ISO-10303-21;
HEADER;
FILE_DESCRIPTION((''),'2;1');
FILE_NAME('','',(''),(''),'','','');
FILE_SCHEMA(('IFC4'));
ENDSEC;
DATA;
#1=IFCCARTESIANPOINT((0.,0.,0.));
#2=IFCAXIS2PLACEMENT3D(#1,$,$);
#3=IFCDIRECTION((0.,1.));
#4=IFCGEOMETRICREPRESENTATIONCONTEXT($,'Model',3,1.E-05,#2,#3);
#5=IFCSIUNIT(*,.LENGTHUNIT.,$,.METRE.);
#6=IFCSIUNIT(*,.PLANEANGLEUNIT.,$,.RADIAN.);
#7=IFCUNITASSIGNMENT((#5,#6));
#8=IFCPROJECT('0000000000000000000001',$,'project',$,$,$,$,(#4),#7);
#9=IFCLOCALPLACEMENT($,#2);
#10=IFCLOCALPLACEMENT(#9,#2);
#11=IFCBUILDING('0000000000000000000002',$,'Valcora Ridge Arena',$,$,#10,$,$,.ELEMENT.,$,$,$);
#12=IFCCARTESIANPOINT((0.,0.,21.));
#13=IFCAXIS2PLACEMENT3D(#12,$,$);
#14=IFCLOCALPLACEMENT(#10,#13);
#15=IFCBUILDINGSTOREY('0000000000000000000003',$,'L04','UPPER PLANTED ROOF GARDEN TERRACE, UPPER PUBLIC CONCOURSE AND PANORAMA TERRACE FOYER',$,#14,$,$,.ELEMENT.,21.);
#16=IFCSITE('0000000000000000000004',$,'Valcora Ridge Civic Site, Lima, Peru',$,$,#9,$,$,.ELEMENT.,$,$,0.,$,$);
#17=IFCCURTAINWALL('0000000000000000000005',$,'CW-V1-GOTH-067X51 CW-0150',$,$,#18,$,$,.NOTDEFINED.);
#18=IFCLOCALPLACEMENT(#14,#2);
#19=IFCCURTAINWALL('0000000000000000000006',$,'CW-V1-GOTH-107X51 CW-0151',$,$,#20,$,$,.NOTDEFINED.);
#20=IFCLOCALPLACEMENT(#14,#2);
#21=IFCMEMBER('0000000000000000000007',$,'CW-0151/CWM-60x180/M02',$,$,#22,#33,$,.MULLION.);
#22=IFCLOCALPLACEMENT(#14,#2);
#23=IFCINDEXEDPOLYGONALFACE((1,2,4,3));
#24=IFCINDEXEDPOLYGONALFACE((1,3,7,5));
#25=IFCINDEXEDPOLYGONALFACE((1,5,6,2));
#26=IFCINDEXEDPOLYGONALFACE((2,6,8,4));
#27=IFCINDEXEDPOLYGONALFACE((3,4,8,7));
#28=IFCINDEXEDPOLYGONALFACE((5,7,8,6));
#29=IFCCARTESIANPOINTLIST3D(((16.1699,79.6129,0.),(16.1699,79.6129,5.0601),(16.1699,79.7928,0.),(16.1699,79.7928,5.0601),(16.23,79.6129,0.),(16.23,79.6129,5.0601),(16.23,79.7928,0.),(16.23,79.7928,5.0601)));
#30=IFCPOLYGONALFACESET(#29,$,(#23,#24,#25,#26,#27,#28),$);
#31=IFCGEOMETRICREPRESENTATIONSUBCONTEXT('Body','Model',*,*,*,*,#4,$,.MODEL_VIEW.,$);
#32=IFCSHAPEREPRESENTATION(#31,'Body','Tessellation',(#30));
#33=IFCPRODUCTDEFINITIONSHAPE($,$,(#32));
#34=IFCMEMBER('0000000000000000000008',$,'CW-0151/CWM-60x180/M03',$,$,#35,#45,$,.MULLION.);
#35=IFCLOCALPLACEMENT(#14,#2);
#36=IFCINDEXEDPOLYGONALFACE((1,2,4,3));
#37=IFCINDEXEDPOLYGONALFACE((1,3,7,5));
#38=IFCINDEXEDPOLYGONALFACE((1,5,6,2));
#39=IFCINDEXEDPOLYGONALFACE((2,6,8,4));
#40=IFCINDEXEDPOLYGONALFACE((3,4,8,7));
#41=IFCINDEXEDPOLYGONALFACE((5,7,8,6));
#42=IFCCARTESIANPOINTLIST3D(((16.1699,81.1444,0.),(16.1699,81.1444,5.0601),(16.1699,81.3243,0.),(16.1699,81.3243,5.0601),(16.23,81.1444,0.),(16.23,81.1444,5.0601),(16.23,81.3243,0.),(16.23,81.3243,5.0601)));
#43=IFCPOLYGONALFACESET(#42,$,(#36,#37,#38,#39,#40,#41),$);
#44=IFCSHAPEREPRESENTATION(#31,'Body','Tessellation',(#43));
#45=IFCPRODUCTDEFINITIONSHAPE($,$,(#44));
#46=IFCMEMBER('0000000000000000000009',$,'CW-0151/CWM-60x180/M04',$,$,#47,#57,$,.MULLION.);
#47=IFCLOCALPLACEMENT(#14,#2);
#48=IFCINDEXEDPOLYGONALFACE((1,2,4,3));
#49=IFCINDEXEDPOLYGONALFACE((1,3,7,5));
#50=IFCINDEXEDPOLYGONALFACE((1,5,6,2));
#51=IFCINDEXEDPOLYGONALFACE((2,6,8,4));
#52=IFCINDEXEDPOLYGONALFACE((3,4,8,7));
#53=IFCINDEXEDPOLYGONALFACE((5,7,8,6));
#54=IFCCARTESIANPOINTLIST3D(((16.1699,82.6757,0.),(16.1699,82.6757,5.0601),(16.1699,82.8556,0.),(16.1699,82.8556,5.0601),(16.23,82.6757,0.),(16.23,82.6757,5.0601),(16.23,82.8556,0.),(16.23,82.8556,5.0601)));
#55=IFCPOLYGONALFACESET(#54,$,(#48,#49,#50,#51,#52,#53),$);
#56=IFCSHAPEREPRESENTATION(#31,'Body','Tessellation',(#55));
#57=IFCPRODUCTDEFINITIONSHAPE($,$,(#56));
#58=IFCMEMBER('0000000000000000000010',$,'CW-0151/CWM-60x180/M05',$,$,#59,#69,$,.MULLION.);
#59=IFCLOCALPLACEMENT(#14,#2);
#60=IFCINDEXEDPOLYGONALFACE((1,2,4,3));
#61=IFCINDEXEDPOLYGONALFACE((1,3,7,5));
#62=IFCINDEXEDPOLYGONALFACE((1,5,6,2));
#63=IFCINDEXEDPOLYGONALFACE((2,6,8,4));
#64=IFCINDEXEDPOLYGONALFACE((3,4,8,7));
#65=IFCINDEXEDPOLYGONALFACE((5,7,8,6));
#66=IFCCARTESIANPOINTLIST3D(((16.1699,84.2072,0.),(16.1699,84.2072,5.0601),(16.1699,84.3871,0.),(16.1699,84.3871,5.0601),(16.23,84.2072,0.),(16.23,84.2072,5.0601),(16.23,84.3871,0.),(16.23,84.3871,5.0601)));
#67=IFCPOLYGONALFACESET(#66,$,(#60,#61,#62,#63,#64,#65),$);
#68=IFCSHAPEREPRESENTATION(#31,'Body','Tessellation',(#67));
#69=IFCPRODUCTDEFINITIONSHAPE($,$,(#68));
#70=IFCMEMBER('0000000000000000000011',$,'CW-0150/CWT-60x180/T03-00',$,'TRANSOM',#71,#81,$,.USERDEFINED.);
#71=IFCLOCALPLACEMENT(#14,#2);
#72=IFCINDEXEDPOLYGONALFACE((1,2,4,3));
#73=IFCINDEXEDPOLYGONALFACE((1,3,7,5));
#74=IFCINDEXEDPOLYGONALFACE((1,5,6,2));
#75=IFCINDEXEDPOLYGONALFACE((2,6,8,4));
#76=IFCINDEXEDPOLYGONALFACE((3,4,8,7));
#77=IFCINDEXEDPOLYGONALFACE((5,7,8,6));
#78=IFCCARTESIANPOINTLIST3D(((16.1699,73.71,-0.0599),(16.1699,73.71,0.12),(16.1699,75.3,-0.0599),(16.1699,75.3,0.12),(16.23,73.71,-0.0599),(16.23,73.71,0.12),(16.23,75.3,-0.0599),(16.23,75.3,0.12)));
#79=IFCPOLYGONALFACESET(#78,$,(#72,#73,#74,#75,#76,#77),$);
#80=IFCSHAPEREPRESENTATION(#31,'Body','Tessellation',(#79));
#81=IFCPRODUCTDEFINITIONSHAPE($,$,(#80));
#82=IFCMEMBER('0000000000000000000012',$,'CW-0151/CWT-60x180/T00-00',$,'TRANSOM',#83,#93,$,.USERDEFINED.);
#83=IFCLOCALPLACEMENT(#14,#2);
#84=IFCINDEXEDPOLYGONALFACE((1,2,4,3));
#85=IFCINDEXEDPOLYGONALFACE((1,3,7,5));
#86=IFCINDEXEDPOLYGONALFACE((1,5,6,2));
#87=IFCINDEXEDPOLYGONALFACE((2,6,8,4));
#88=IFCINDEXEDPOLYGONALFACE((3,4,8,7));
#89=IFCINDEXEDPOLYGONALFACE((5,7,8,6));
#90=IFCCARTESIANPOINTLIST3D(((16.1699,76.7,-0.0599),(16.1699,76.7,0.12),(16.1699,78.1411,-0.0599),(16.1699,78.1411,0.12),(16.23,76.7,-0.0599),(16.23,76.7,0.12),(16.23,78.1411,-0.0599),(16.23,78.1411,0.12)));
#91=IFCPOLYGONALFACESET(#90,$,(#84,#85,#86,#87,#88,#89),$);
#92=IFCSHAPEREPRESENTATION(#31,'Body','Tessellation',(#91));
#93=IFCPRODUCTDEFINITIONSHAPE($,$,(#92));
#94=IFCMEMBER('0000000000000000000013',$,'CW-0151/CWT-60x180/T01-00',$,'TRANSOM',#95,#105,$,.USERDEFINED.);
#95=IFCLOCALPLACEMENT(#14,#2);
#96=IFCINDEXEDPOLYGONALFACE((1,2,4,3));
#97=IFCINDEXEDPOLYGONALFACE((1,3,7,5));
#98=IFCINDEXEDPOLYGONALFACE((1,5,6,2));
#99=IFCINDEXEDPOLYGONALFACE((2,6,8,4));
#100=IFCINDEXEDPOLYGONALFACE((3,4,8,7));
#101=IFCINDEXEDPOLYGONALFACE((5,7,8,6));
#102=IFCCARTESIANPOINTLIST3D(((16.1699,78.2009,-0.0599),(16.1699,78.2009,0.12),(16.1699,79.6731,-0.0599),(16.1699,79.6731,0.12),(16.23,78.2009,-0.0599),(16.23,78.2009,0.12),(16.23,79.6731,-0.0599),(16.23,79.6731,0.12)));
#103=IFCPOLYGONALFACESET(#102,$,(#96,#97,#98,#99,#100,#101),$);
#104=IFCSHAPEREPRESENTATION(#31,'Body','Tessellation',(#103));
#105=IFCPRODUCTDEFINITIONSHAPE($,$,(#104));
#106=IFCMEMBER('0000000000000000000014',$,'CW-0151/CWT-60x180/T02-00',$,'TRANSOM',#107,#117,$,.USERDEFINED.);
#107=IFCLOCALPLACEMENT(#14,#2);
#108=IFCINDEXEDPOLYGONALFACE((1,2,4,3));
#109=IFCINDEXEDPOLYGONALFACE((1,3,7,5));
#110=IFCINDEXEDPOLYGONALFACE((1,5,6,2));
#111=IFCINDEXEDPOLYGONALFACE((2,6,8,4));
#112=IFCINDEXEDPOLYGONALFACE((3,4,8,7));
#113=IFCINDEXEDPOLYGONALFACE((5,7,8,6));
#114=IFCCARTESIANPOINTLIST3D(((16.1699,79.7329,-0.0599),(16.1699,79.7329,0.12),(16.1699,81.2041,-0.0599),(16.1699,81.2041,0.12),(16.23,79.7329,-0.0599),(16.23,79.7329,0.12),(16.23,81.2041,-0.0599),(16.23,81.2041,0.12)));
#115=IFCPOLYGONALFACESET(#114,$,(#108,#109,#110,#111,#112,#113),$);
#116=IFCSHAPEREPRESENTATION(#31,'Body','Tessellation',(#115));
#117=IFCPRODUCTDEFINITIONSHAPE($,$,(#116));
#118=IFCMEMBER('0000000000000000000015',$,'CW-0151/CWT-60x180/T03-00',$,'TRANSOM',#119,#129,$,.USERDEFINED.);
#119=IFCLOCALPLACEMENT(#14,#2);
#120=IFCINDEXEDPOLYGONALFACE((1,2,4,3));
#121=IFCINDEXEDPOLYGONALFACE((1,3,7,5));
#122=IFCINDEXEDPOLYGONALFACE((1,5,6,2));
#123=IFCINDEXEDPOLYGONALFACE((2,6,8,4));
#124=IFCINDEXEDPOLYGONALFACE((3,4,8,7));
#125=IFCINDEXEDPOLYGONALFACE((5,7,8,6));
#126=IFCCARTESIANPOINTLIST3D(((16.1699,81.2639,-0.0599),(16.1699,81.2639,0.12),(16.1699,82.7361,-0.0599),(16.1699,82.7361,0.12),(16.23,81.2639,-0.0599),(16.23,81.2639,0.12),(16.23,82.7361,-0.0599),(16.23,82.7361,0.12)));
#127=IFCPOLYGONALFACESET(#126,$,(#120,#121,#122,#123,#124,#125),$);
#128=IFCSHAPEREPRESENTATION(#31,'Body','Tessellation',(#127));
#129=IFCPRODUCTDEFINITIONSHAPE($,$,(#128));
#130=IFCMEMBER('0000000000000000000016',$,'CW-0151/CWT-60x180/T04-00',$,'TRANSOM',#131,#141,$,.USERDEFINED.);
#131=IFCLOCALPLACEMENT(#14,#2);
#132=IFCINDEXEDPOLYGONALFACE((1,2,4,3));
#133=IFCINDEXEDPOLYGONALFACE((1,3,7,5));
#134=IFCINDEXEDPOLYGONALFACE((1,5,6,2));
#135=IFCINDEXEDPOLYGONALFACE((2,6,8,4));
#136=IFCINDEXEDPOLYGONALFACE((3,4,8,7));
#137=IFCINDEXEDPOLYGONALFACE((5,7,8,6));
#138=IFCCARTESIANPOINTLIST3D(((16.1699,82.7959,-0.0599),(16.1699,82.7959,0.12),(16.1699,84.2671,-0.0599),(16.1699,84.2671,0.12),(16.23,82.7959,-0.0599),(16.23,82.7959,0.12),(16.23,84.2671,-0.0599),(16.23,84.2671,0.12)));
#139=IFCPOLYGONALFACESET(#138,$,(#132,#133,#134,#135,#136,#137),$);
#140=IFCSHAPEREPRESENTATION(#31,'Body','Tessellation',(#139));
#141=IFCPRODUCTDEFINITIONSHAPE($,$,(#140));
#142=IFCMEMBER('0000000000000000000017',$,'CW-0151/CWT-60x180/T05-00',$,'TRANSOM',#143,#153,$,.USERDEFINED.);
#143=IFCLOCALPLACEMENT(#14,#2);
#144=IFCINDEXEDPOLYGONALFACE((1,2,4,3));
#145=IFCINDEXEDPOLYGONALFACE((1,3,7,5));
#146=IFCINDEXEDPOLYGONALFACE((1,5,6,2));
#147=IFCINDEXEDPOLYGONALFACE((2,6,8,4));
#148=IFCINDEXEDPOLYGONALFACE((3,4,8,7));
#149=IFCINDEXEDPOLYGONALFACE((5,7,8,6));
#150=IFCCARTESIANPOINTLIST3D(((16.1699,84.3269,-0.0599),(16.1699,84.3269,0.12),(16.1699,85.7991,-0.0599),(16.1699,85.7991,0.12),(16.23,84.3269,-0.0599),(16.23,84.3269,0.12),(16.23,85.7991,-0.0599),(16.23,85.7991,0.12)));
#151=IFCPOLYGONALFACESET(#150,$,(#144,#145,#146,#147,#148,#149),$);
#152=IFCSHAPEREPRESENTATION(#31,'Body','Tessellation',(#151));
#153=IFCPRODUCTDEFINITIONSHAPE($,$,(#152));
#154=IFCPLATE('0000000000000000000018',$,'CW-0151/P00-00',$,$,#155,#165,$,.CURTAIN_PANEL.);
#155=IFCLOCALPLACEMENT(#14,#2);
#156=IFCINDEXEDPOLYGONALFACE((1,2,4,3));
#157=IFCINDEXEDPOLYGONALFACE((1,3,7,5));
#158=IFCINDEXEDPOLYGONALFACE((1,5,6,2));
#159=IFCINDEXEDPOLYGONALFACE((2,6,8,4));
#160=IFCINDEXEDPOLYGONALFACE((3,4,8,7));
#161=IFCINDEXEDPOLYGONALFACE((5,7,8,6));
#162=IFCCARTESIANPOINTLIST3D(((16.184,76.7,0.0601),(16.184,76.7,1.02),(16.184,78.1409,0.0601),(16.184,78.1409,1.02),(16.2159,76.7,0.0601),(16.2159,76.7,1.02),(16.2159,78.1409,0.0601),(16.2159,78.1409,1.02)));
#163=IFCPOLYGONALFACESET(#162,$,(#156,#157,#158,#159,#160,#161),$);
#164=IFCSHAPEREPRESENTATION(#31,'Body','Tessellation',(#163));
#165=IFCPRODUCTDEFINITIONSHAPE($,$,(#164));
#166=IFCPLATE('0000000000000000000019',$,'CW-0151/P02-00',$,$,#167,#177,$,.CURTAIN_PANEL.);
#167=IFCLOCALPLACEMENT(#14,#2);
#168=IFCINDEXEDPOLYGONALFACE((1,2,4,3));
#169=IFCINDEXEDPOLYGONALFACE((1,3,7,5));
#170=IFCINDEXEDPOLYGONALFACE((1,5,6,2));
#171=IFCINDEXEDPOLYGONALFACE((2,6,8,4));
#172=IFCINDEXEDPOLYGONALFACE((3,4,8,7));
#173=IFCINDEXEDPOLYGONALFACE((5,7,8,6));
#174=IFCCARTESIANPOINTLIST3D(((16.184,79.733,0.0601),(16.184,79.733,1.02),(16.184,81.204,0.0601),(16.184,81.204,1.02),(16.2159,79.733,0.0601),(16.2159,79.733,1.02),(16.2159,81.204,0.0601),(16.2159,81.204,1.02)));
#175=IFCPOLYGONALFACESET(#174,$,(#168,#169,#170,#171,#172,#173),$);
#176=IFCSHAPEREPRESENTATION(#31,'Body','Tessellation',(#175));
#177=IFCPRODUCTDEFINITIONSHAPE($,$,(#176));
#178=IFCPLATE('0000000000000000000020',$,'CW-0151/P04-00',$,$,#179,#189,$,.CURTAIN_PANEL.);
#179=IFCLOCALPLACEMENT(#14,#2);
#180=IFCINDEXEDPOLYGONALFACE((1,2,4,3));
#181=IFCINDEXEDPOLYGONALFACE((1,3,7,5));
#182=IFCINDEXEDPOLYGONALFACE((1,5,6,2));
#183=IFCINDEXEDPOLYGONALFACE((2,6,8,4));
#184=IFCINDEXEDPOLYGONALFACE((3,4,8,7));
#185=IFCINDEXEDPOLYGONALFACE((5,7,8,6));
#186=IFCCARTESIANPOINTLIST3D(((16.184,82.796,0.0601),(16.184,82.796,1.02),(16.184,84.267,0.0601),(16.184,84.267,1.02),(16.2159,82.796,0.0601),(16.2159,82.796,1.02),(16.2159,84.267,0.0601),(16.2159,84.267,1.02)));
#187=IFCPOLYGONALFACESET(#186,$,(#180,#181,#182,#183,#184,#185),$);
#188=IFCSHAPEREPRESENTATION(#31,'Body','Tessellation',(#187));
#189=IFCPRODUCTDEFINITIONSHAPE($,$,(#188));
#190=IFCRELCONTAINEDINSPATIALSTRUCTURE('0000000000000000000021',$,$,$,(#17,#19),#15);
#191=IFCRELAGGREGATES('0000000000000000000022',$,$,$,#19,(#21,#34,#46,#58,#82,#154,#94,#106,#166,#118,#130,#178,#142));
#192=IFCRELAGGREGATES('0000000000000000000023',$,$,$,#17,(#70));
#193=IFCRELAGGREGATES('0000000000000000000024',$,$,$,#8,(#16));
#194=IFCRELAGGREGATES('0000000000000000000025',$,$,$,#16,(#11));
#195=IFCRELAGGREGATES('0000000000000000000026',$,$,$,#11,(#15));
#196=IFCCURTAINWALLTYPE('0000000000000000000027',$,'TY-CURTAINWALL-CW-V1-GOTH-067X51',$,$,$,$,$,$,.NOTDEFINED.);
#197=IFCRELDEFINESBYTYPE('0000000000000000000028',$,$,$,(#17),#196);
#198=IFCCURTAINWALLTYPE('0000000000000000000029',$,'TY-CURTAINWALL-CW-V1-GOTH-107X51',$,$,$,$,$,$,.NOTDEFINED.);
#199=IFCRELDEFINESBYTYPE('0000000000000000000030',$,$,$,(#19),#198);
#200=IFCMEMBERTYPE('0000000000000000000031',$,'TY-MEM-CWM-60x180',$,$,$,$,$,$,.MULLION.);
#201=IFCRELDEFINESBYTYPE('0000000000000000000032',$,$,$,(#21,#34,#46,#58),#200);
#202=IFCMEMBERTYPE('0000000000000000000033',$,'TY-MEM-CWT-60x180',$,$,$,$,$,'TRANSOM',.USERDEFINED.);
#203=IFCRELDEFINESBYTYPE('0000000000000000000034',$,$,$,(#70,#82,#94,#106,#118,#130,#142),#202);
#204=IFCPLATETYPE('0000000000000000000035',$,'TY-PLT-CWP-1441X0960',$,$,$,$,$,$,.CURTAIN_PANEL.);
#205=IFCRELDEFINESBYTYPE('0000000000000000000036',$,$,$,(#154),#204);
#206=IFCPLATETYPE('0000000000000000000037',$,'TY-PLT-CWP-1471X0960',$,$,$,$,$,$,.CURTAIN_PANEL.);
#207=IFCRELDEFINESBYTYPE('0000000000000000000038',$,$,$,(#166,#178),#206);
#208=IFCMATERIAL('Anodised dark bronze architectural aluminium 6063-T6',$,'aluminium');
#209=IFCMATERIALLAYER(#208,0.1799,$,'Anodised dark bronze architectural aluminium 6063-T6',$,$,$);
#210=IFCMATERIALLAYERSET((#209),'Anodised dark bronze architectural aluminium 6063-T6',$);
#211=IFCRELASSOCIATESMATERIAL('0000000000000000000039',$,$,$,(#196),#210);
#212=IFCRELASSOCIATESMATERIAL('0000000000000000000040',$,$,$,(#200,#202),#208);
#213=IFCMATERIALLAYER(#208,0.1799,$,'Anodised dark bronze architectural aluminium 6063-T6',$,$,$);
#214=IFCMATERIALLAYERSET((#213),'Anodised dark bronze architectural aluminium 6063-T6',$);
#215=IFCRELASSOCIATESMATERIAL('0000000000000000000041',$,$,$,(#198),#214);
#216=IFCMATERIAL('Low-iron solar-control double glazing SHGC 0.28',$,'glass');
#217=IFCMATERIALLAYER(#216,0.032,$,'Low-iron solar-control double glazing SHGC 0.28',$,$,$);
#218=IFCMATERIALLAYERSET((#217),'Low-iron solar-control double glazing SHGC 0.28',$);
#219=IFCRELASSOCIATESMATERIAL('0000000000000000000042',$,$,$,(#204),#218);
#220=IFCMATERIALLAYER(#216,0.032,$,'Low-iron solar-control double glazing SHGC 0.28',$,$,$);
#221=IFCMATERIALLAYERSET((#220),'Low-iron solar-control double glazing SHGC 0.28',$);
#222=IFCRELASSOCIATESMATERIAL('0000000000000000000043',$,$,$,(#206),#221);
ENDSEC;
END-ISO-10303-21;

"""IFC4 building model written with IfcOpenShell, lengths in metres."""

from ifc_helpers import new_model, si_unit, direction, frame, origin, origin_2d, place, context, subcontext, project, spatial, rectangle, extrude, material, layer, layer_set, material_profile, profile_set, type_object, element, aggregate, save


model = new_model("IFC4")

# Units and contexts
model_context = context("Model", 3, precision=1e-05, world=origin(), true_north=direction((0.0, 1.0)))
body_context = subcontext(model_context, "Body", "Model", "MODEL_VIEW")
ifc_project = project(units=[si_unit("LENGTHUNIT", "METRE"), si_unit("PLANEANGLEUNIT", "RADIAN")], contexts=[model_context])

# Site, building, storey
site_placement = place(None, origin())
site = spatial("IfcSite", under=ifc_project, at=site_placement, Name="Valcora Ridge Civic Site, Lima, Peru", CompositionType="ELEMENT", RefElevation=0.0)
building_placement = place(site_placement, origin())
building = spatial("IfcBuilding", under=site, at=building_placement, Name="Valcora Ridge Arena", CompositionType="ELEMENT")
storey_placement = place(building_placement, frame((0.0, 0.0, 21.0)))
storey = spatial("IfcBuildingStorey", under=building, at=storey_placement, Name="L04", Description="UPPER PLANTED ROOF GARDEN TERRACE, UPPER PUBLIC CONCOURSE AND PANORAMA TERRACE FOYER", CompositionType="ELEMENT", Elevation=21.0)

# Curtain walls, members
ifc_material_1 = material(Name="Anodised dark bronze architectural aluminium 6063-T6", Category="aluminium")
ifc_layer_1 = layer(ifc_material_1, 0.1799, Name="Anodised dark bronze architectural aluminium 6063-T6")
ifc_layer_set_1 = layer_set([ifc_layer_1], Name="Anodised dark bronze architectural aluminium 6063-T6")
curtain_wall_type_1 = type_object("IfcCurtainWallType", Name="TY-CURTAINWALL-CW-V1-GOTH-067X51", PredefinedType="NOTDEFINED", material=ifc_layer_set_1)
curtain_wall_1_placement = place(storey_placement, origin())
curtain_wall_1 = element("IfcCurtainWall", 1, at=curtain_wall_1_placement, inside=storey, type_object=curtain_wall_type_1, Name="CW-V1-GOTH-067X51 CW-0150", PredefinedType="NOTDEFINED")
ifc_material_profile_1 = material_profile(ifc_material_1, rectangle(XDim=0.0601, YDim=0.1799, at=origin_2d()), Name="ALU MULLION 60x180")
ifc_profile_set_1 = profile_set([ifc_material_profile_1], Name="Anodised dark bronze architectural aluminium 6063-T6")
member_type_1 = type_object("IfcMemberType", Name="TY-MEM-CWM-60x180", PredefinedType="MULLION", material=ifc_profile_set_1)
ifc_layer_2 = layer(ifc_material_1, 0.1799, Name="Anodised dark bronze architectural aluminium 6063-T6")
ifc_layer_set_2 = layer_set([ifc_layer_2], Name="Anodised dark bronze architectural aluminium 6063-T6")
curtain_wall_type_2 = type_object("IfcCurtainWallType", Name="TY-CURTAINWALL-CW-V1-GOTH-107X51", PredefinedType="NOTDEFINED", material=ifc_layer_set_2)
curtain_wall_2_placement = place(storey_placement, origin())
curtain_wall_2 = element("IfcCurtainWall", 2, at=curtain_wall_2_placement, inside=storey, type_object=curtain_wall_type_2, Name="CW-V1-GOTH-107X51 CW-0151", PredefinedType="NOTDEFINED")
member_1_placement = place(storey_placement, frame((16.2, 79.7029, 0.0), z_axis=(0.0, 0.0, 1.0), x_axis=(-1.0, 0.0, 0.0)))
member_1 = element("IfcMember", 3, at=member_1_placement, type_object=member_type_1, Name="CW-0151/CWM-60x180/M02", PredefinedType="MULLION", context=body_context, shape_type="SweptSolid", body=[
    extrude(rectangle(XDim=0.0601, YDim=0.1799, at=origin_2d()), origin(), (0.0, 0.0, 1.0), 5.0601),
])
member_2_placement = place(storey_placement, frame((16.2, 81.2344, 0.0), z_axis=(0.0, 0.0, 1.0), x_axis=(-1.0, 0.0, 0.0)))
member_2 = element("IfcMember", 4, at=member_2_placement, type_object=member_type_1, Name="CW-0151/CWM-60x180/M03", PredefinedType="MULLION", context=body_context, shape_type="SweptSolid", body=[
    extrude(rectangle(XDim=0.0601, YDim=0.1799, at=origin_2d()), origin(), (0.0, 0.0, 1.0), 5.0601),
])
member_3_placement = place(storey_placement, frame((16.2, 82.7656, 0.0), z_axis=(0.0, 0.0, 1.0), x_axis=(-1.0, 0.0, 0.0)))
member_3 = element("IfcMember", 5, at=member_3_placement, type_object=member_type_1, Name="CW-0151/CWM-60x180/M04", PredefinedType="MULLION", context=body_context, shape_type="SweptSolid", body=[
    extrude(rectangle(XDim=0.0601, YDim=0.1799, at=origin_2d()), origin(), (0.0, 0.0, 1.0), 5.0601),
])
member_4_placement = place(storey_placement, frame((16.2, 84.2971, 0.0), z_axis=(0.0, 0.0, 1.0), x_axis=(-1.0, 0.0, 0.0)))
member_4 = element("IfcMember", 6, at=member_4_placement, type_object=member_type_1, Name="CW-0151/CWM-60x180/M05", PredefinedType="MULLION", context=body_context, shape_type="SweptSolid", body=[
    extrude(rectangle(XDim=0.0601, YDim=0.1799, at=origin_2d()), origin(), (0.0, 0.0, 1.0), 5.0601),
])

# Members
ifc_material_profile_2 = material_profile(ifc_material_1, rectangle(XDim=0.0601, YDim=0.1799, at=origin_2d()), Name="ALU TRANSOM 60x180")
ifc_profile_set_2 = profile_set([ifc_material_profile_2], Name="Anodised dark bronze architectural aluminium 6063-T6")
member_type_2 = type_object("IfcMemberType", Name="TY-MEM-CWT-60x180", ElementType="TRANSOM", PredefinedType="USERDEFINED", material=ifc_profile_set_2)
member_5_placement = place(storey_placement, frame((16.2, 73.71, 0.03), z_axis=(0.0, 1.0, 0.0), x_axis=(-1.0, 0.0, 0.0)))
member_5 = element("IfcMember", 7, at=member_5_placement, type_object=member_type_2, Name="CW-0150/CWT-60x180/T03-00", ObjectType="TRANSOM", PredefinedType="USERDEFINED", context=body_context, shape_type="SweptSolid", body=[
    extrude(rectangle(XDim=0.0601, YDim=0.1799, at=origin_2d()), origin(), (0.0, 0.0, 1.0), 1.5901),
])
member_6_placement = place(storey_placement, frame((16.2, 76.7, 0.03), z_axis=(0.0, 1.0, 0.0), x_axis=(-1.0, 0.0, 0.0)))
member_6 = element("IfcMember", 8, at=member_6_placement, type_object=member_type_2, Name="CW-0151/CWT-60x180/T00-00", ObjectType="TRANSOM", PredefinedType="USERDEFINED", context=body_context, shape_type="SweptSolid", body=[
    extrude(rectangle(XDim=0.0601, YDim=0.1799, at=origin_2d()), origin(), (0.0, 0.0, 1.0), 1.4412),
])
member_7_placement = place(storey_placement, frame((16.2, 78.2009, 0.03), z_axis=(0.0, 1.0, 0.0), x_axis=(-1.0, 0.0, 0.0)))
member_7 = element("IfcMember", 9, at=member_7_placement, type_object=member_type_2, Name="CW-0151/CWT-60x180/T01-00", ObjectType="TRANSOM", PredefinedType="USERDEFINED", context=body_context, shape_type="SweptSolid", body=[
    extrude(rectangle(XDim=0.0601, YDim=0.1799, at=origin_2d()), origin(), (0.0, 0.0, 1.0), 1.4722),
])
member_8_placement = place(storey_placement, frame((16.2, 79.7329, 0.03), z_axis=(0.0, 1.0, 0.0), x_axis=(-1.0, 0.0, 0.0)))
member_8 = element("IfcMember", 10, at=member_8_placement, type_object=member_type_2, Name="CW-0151/CWT-60x180/T02-00", ObjectType="TRANSOM", PredefinedType="USERDEFINED", context=body_context, shape_type="SweptSolid", body=[
    extrude(rectangle(XDim=0.0601, YDim=0.1799, at=origin_2d()), origin(), (0.0, 0.0, 1.0), 1.4712),
])
member_9_placement = place(storey_placement, frame((16.2, 81.2639, 0.03), z_axis=(0.0, 1.0, 0.0), x_axis=(-1.0, 0.0, 0.0)))
member_9 = element("IfcMember", 11, at=member_9_placement, type_object=member_type_2, Name="CW-0151/CWT-60x180/T03-00", ObjectType="TRANSOM", PredefinedType="USERDEFINED", context=body_context, shape_type="SweptSolid", body=[
    extrude(rectangle(XDim=0.0601, YDim=0.1799, at=origin_2d()), origin(), (0.0, 0.0, 1.0), 1.4722),
])
member_10_placement = place(storey_placement, frame((16.2, 82.7959, 0.03), z_axis=(0.0, 1.0, 0.0), x_axis=(-1.0, 0.0, 0.0)))
member_10 = element("IfcMember", 12, at=member_10_placement, type_object=member_type_2, Name="CW-0151/CWT-60x180/T04-00", ObjectType="TRANSOM", PredefinedType="USERDEFINED", context=body_context, shape_type="SweptSolid", body=[
    extrude(rectangle(XDim=0.0601, YDim=0.1799, at=origin_2d()), origin(), (0.0, 0.0, 1.0), 1.4712),
])
member_11_placement = place(storey_placement, frame((16.2, 84.3269, 0.03), z_axis=(0.0, 1.0, 0.0), x_axis=(-1.0, 0.0, 0.0)))
member_11 = element("IfcMember", 13, at=member_11_placement, type_object=member_type_2, Name="CW-0151/CWT-60x180/T05-00", ObjectType="TRANSOM", PredefinedType="USERDEFINED", context=body_context, shape_type="SweptSolid", body=[
    extrude(rectangle(XDim=0.0601, YDim=0.1799, at=origin_2d()), origin(), (0.0, 0.0, 1.0), 1.4722),
])

# Plates
ifc_material_2 = material(Name="Low-iron solar-control double glazing SHGC 0.28", Category="glass")
ifc_layer_3 = layer(ifc_material_2, 0.032, Name="Low-iron solar-control double glazing SHGC 0.28")
ifc_layer_set_3 = layer_set([ifc_layer_3], Name="Low-iron solar-control double glazing SHGC 0.28")
plate_type_1 = type_object("IfcPlateType", Name="TY-PLT-CWP-1441X0960", PredefinedType="CURTAIN_PANEL", material=ifc_layer_set_3)
plate_1_placement = place(storey_placement, frame((16.2, 77.4204, 0.0601), z_axis=(0.0, 0.0, 1.0), x_axis=(0.0, 1.0, 0.0)))
plate_1 = element("IfcPlate", 14, at=plate_1_placement, type_object=plate_type_1, Name="CW-0151/P00-00", PredefinedType="CURTAIN_PANEL", context=body_context, shape_type="SweptSolid", body=[
    extrude(rectangle(XDim=1.4409, YDim=0.032, at=origin_2d()), origin(), (0.0, 0.0, 1.0), 0.96),
])
ifc_layer_4 = layer(ifc_material_2, 0.032, Name="Low-iron solar-control double glazing SHGC 0.28")
ifc_layer_set_4 = layer_set([ifc_layer_4], Name="Low-iron solar-control double glazing SHGC 0.28")
plate_type_2 = type_object("IfcPlateType", Name="TY-PLT-CWP-1471X0960", PredefinedType="CURTAIN_PANEL", material=ifc_layer_set_4)
plate_2_placement = place(storey_placement, frame((16.2, 80.4685, 0.0601), z_axis=(0.0, 0.0, 1.0), x_axis=(0.0, 1.0, 0.0)))
plate_2 = element("IfcPlate", 15, at=plate_2_placement, type_object=plate_type_2, Name="CW-0151/P02-00", PredefinedType="CURTAIN_PANEL", context=body_context, shape_type="SweptSolid", body=[
    extrude(rectangle(XDim=1.4709, YDim=0.032, at=origin_2d()), origin(), (0.0, 0.0, 1.0), 0.96),
])
plate_3_placement = place(storey_placement, frame((16.2, 83.5315, 0.0601), z_axis=(0.0, 0.0, 1.0), x_axis=(0.0, 1.0, 0.0)))
plate_3 = element("IfcPlate", 16, at=plate_3_placement, type_object=plate_type_2, Name="CW-0151/P04-00", PredefinedType="CURTAIN_PANEL", context=body_context, shape_type="SweptSolid", body=[
    extrude(rectangle(XDim=1.4709, YDim=0.032, at=origin_2d()), origin(), (0.0, 0.0, 1.0), 0.96),
])
aggregate(curtain_wall_2, [member_1, member_2, member_3, member_4, member_6, plate_1, member_7, member_8, plate_2, member_9, member_10, plate_3, member_11])
aggregate(curtain_wall_1, [member_5])

save(model, "model.ifc")
